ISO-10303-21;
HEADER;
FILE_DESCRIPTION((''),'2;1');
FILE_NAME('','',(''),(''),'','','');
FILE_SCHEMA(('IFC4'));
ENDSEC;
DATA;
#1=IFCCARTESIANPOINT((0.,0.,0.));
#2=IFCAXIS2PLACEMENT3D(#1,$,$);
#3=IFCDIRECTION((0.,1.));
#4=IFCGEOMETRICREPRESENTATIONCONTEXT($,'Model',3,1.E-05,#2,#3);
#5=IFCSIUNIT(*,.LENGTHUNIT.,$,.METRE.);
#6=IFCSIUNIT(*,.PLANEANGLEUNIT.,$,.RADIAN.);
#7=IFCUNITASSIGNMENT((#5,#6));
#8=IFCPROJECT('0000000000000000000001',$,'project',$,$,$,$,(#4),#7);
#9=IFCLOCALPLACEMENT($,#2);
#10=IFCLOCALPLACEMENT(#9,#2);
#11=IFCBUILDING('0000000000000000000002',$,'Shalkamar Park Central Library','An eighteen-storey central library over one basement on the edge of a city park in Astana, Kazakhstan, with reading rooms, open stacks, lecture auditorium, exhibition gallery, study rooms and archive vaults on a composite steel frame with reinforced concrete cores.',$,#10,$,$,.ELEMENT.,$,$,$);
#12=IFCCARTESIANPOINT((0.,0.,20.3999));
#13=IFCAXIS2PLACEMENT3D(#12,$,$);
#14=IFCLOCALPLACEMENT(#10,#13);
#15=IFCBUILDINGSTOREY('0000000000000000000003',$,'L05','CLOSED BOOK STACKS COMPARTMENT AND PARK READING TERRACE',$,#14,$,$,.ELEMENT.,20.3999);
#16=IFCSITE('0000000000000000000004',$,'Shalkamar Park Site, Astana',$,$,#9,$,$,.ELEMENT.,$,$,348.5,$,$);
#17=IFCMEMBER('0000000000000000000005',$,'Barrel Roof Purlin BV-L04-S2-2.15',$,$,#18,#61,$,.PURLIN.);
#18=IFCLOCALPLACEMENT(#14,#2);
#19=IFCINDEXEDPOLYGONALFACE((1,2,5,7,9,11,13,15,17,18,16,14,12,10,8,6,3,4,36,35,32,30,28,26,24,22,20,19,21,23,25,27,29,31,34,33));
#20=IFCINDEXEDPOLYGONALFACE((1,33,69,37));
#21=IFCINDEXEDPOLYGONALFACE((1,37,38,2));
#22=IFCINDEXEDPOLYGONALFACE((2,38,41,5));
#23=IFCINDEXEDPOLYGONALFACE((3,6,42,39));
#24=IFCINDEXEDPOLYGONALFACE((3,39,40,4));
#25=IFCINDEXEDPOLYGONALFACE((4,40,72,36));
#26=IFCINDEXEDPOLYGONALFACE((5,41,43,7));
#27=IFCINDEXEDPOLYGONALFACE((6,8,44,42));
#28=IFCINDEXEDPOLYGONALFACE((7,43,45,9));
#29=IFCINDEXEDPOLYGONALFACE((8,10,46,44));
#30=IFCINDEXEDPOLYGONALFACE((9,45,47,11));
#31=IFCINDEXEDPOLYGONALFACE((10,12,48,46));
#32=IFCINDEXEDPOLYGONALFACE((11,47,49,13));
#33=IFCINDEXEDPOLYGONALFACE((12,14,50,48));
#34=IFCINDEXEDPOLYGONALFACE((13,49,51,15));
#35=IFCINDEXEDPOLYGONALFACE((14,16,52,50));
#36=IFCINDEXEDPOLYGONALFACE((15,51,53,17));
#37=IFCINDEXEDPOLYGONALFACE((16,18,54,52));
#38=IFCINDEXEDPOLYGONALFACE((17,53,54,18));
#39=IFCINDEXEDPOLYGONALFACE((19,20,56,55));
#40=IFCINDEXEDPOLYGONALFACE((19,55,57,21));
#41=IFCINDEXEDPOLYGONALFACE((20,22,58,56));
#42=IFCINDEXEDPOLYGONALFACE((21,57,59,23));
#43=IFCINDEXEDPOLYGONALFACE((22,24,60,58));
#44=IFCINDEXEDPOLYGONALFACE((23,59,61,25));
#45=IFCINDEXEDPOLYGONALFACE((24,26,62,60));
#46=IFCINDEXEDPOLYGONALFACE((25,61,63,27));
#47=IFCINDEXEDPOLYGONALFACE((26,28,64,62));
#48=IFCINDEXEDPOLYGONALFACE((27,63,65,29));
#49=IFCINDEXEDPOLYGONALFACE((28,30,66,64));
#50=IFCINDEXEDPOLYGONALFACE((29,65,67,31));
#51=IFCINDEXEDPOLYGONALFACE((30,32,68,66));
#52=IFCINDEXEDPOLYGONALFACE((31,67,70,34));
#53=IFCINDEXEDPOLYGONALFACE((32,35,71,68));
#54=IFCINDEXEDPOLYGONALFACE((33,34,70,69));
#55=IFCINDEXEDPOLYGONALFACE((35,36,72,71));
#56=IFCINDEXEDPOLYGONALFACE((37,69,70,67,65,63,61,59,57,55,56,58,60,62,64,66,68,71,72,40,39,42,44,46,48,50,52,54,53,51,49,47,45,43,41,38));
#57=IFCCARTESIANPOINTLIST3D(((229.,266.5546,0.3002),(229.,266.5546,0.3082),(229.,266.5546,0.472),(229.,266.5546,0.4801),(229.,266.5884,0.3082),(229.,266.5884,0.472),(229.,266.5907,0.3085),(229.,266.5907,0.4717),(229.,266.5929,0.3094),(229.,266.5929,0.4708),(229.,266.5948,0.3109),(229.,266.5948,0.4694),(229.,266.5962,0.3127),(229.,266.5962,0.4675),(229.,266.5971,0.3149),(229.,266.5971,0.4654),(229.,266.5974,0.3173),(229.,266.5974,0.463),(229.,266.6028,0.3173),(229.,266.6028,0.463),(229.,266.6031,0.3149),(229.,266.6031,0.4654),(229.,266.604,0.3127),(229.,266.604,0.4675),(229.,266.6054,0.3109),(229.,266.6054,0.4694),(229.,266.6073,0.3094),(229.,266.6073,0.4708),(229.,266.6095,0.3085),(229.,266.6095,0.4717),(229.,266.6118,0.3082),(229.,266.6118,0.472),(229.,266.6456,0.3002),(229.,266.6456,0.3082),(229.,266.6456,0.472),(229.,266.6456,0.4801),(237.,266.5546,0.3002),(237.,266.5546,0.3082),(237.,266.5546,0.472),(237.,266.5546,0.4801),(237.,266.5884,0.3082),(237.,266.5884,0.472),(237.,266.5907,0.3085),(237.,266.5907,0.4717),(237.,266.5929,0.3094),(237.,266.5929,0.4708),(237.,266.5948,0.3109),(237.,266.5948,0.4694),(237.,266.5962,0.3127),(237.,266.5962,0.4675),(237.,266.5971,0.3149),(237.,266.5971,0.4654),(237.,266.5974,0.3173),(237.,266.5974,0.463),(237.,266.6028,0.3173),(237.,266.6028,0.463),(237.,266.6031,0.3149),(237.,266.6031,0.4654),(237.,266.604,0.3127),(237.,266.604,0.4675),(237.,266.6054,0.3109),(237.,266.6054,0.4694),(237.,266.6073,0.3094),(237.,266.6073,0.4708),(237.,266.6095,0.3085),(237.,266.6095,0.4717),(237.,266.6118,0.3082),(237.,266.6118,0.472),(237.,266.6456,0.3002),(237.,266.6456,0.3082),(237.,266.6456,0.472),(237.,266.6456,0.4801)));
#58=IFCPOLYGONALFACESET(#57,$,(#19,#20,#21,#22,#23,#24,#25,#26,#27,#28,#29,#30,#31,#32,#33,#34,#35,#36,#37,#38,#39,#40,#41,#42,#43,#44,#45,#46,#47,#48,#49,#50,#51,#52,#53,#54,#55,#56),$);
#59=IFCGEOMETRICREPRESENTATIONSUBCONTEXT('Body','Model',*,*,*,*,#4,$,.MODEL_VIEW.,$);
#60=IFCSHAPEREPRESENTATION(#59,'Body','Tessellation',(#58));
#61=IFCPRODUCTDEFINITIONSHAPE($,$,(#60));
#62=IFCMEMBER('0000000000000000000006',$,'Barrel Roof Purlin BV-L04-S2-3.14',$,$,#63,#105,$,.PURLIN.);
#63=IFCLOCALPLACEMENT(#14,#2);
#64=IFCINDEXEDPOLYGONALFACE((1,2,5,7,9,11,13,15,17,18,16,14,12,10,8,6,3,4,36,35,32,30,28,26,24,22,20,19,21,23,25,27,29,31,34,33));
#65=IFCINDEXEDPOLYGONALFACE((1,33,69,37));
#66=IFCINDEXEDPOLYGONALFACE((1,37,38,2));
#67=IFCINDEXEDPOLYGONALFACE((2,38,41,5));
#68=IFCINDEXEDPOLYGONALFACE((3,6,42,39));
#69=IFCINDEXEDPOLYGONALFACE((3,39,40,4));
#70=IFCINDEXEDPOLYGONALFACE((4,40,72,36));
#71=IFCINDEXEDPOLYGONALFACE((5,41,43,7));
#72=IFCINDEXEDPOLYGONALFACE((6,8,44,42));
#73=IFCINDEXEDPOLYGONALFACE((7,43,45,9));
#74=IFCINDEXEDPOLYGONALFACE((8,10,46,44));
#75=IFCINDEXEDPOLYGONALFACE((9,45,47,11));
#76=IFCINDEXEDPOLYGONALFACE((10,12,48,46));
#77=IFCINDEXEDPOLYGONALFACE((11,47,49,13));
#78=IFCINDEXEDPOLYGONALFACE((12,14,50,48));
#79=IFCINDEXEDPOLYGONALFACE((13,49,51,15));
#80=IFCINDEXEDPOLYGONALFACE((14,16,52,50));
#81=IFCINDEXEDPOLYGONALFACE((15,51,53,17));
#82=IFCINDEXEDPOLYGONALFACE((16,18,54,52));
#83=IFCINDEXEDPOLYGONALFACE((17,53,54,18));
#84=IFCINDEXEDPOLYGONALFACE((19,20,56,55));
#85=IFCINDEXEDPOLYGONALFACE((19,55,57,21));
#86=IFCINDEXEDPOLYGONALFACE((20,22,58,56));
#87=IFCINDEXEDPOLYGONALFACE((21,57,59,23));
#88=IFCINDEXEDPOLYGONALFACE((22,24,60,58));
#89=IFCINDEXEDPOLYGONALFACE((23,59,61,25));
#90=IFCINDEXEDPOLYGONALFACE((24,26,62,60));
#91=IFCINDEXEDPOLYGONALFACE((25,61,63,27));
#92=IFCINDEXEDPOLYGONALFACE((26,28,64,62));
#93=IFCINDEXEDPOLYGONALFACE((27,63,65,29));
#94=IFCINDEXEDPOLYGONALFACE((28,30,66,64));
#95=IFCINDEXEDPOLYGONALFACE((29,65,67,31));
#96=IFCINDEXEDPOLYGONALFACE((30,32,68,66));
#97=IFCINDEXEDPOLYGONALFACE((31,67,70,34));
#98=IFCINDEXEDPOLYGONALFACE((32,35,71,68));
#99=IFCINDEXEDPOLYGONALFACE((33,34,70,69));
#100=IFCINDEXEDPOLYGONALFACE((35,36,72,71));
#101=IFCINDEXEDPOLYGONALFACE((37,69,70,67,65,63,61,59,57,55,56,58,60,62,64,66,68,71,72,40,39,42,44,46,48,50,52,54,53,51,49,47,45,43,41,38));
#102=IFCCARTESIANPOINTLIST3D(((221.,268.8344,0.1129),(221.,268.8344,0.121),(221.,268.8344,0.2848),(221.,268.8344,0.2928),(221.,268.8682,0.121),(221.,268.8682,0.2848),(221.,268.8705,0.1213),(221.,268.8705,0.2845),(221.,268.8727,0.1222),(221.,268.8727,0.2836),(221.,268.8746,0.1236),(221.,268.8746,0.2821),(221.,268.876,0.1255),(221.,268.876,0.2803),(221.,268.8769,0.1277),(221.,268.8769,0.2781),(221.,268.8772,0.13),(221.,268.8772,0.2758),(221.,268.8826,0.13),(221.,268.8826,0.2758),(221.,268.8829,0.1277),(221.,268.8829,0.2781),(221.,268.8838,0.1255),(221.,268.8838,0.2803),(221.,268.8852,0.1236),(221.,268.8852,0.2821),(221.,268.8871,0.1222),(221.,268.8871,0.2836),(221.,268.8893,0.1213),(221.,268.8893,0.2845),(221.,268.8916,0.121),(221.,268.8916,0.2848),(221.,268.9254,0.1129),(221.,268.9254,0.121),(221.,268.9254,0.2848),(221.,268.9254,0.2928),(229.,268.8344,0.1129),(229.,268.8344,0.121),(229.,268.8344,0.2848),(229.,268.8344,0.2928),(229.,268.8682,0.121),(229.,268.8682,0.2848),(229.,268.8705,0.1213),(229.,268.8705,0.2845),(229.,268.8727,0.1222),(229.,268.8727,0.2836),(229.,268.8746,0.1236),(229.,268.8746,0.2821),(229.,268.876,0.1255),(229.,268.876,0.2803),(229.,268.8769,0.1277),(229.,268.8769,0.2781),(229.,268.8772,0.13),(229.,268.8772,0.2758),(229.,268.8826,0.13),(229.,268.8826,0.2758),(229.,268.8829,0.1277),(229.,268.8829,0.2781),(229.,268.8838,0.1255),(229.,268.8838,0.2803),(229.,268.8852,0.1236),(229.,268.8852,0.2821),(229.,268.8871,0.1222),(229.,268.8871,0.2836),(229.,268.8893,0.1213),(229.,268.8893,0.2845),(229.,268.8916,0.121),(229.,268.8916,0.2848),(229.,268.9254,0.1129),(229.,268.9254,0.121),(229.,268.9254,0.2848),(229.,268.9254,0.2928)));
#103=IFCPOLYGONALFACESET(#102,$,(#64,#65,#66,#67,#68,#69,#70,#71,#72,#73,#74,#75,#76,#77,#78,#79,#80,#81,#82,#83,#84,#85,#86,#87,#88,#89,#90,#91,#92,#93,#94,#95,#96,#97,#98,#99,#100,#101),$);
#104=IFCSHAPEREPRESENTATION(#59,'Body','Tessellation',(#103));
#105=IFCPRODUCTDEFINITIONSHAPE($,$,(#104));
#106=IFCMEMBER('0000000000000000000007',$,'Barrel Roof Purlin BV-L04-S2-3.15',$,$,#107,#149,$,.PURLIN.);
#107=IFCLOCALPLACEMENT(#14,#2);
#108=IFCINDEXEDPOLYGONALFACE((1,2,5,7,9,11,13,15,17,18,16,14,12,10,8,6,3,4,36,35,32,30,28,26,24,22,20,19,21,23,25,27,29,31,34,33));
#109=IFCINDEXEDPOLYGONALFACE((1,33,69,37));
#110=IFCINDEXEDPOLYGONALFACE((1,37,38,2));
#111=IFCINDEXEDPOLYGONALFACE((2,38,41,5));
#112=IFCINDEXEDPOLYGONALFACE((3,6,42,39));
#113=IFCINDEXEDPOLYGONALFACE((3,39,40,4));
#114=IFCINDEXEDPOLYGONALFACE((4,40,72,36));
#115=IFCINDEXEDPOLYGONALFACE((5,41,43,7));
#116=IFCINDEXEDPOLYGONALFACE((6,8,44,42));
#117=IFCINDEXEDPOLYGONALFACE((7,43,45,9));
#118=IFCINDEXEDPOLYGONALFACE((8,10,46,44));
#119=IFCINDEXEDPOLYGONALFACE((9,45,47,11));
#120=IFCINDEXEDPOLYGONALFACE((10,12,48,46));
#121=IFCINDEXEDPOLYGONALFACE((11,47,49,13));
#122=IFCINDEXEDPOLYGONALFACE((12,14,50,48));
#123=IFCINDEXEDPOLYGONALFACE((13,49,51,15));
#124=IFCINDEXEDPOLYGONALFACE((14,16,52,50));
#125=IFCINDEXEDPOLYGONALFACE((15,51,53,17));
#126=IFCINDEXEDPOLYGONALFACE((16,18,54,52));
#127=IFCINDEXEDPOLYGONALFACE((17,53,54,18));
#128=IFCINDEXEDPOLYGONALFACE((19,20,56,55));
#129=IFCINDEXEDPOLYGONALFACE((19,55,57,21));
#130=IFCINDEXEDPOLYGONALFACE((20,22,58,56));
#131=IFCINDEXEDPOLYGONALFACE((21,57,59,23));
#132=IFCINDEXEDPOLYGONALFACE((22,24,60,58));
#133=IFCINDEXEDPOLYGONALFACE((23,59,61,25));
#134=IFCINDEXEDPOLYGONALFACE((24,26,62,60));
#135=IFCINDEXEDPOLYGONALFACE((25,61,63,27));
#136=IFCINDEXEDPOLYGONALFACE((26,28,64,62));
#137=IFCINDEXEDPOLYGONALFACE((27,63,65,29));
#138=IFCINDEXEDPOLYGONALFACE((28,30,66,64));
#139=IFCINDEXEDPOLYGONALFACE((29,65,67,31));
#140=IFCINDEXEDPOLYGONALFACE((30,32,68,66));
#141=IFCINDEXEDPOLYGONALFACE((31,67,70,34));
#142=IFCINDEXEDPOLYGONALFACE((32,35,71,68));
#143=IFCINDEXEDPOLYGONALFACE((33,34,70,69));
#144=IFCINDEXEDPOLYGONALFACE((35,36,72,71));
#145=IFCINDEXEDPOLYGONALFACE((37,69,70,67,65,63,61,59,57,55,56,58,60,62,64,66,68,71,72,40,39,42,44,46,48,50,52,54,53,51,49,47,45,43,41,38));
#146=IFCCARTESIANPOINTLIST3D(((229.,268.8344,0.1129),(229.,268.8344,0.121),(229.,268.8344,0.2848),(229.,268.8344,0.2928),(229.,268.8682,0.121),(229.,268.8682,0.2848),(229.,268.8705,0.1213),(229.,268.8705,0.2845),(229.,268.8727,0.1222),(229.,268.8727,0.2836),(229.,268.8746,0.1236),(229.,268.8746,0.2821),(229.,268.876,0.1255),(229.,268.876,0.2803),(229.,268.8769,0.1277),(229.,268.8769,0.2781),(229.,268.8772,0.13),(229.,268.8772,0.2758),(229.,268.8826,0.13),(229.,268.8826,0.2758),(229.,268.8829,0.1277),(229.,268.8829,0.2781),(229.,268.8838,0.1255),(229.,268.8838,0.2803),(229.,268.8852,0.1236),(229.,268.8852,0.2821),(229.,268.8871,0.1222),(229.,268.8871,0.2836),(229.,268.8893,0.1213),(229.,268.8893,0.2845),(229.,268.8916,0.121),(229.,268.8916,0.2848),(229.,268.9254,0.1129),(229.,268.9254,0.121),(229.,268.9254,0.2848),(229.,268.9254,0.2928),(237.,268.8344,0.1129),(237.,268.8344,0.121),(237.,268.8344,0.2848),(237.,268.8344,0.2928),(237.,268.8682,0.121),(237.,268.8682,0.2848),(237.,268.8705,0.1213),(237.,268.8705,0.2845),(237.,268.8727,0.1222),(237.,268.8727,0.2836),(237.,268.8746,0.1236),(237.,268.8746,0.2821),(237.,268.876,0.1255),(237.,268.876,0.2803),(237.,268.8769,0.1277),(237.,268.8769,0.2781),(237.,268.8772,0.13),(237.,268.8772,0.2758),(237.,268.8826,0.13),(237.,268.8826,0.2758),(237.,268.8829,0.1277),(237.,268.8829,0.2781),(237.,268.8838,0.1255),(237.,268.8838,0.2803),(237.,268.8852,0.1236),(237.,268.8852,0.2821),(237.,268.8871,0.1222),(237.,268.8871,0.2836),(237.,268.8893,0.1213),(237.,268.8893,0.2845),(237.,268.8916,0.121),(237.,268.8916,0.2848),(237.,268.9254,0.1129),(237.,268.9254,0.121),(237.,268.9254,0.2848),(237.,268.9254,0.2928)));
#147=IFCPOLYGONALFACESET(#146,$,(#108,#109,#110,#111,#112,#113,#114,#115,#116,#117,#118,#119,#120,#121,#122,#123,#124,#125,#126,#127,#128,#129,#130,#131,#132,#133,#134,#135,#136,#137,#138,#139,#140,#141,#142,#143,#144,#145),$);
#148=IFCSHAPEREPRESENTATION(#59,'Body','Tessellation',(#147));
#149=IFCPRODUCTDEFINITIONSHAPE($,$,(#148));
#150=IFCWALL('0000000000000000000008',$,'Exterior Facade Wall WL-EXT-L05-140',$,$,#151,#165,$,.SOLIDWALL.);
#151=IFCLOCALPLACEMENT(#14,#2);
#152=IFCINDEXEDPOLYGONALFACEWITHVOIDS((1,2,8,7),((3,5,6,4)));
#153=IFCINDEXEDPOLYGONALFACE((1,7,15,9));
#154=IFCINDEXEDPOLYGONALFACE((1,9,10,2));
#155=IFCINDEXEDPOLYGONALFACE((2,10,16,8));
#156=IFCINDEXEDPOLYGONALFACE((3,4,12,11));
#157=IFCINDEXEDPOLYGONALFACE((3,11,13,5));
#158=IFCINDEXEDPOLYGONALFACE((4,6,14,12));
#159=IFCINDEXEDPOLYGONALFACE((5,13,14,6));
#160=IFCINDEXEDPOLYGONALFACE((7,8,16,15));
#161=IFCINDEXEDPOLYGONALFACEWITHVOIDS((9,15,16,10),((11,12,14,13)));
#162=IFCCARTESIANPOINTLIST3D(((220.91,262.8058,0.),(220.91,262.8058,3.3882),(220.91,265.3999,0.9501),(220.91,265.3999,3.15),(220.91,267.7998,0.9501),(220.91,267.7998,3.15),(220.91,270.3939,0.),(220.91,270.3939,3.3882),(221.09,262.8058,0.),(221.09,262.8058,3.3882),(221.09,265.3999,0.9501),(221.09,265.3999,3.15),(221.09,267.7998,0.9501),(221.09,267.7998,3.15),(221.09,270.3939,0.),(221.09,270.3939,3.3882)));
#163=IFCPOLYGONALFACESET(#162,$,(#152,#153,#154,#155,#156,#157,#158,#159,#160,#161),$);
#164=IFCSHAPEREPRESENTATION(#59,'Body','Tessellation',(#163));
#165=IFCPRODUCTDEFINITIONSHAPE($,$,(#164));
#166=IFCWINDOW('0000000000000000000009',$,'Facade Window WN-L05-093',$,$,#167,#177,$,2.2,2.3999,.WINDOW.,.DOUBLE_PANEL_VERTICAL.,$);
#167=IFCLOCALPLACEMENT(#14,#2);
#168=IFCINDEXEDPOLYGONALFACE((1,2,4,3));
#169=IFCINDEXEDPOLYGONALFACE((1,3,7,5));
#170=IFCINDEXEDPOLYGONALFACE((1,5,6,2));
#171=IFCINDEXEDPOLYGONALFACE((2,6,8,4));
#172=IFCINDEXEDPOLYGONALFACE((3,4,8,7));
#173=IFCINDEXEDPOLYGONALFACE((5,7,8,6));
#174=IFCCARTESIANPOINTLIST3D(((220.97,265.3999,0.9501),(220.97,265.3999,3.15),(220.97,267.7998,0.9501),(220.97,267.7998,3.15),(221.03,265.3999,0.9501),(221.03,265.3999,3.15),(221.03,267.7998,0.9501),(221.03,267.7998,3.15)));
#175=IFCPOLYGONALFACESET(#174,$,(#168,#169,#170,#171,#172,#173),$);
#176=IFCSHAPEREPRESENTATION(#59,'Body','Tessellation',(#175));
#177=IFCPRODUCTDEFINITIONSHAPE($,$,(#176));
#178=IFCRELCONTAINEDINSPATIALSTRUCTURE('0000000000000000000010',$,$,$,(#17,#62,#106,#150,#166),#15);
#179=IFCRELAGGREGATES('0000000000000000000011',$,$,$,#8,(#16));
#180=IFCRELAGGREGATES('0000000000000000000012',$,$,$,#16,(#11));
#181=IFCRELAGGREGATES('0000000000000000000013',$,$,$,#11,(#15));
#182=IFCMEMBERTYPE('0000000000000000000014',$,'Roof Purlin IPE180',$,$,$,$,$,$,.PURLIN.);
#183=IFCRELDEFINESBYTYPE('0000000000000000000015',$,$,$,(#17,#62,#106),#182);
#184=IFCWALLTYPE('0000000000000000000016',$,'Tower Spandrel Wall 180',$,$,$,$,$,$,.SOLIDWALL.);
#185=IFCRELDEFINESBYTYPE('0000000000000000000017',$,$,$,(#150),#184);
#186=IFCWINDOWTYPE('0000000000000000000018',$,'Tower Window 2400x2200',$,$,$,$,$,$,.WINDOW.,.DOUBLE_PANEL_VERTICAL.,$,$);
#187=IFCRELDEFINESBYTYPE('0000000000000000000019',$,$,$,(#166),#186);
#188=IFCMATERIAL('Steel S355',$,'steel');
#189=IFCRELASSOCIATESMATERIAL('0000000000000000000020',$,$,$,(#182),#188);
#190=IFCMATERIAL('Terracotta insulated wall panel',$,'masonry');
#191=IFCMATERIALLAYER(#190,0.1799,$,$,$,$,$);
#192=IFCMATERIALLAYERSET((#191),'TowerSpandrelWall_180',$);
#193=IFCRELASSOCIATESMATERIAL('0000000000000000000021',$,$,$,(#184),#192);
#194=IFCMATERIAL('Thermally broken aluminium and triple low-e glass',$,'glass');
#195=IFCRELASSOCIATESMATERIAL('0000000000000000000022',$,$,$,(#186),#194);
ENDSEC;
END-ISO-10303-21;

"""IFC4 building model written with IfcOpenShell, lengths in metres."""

from ifc_helpers import new_model, si_unit, direction, frame, frame_2d, origin, origin_2d, place, context, subcontext, project, spatial, rectangle, i_section, extrude, material, layer, layer_set, material_profile, profile_set, type_object, element, fill, save


model = new_model("IFC4")

# Units and contexts
model_context = context("Model", 3, precision=1e-05, world=origin(), true_north=direction((0.0, 1.0)))
body_context = subcontext(model_context, "Body", "Model", "MODEL_VIEW")
ifc_project = project(units=[si_unit("LENGTHUNIT", "METRE"), si_unit("PLANEANGLEUNIT", "RADIAN")], contexts=[model_context])

# Site, building, storey
site_placement = place(None, origin())
site = spatial("IfcSite", under=ifc_project, at=site_placement, Name="Shalkamar Park Site, Astana", CompositionType="ELEMENT", RefElevation=348.5)
building_placement = place(site_placement, origin())
building = spatial("IfcBuilding", under=site, at=building_placement, Name="Shalkamar Park Central Library", Description="An eighteen-storey central library over one basement on the edge of a city park in Astana, Kazakhstan, with reading rooms, open stacks, lecture auditorium, exhibition gallery, study rooms and archive vaults on a composite steel frame with reinforced concrete cores.", CompositionType="ELEMENT")
storey_placement = place(building_placement, frame((0.0, 0.0, 20.3999)))
storey = spatial("IfcBuildingStorey", under=building, at=storey_placement, Name="L05", Description="CLOSED BOOK STACKS COMPARTMENT AND PARK READING TERRACE", CompositionType="ELEMENT", Elevation=20.3999)

# Shared definitions
ifc_material_1 = material(Name="Steel S355", Category="steel")

# Members
ifc_material_profile_1 = material_profile(ifc_material_1, i_section(OverallWidth=0.0911, OverallDepth=0.1799, WebThickness=0.0054, FlangeThickness=0.0081, FilletRadius=0.009, at=origin_2d()), Name="IPE 180")
ifc_profile_set_1 = profile_set([ifc_material_profile_1], Name="Steel S355")
member_type_1 = type_object("IfcMemberType", Name="Roof Purlin IPE180", PredefinedType="PURLIN", material=ifc_profile_set_1)
for number, where, z_axis, x_axis, name in (
    (1, (229.0, 266.6001, 0.3901), (1.0, 0.0, 0.0), (0.0, 1.0, 0.0), "Barrel Roof Purlin BV-L04-S2-2.15"),
    (2, (221.0, 268.8799, 0.2029), (1.0, 0.0, 0.0), (0.0, 1.0, 0.0), "Barrel Roof Purlin BV-L04-S2-3.14"),
    (3, (229.0, 268.8799, 0.2029), (1.0, 0.0, 0.0), (0.0, 1.0, 0.0), "Barrel Roof Purlin BV-L04-S2-3.15"),
):
    element("IfcMember", number, at=place(storey_placement, frame(where, z_axis=z_axis, x_axis=x_axis)), inside=storey, type_object=member_type_1, Name=name, PredefinedType="PURLIN", context=body_context, shape_type="SweptSolid", body=[
        extrude(i_section(OverallWidth=0.0911, OverallDepth=0.1799, WebThickness=0.0054, FlangeThickness=0.0081, FilletRadius=0.009, at=origin_2d()), origin(), (0.0, 0.0, 1.0), 8.0),
    ])

# Wall, opening, window
ifc_material_2 = material(Name="Terracotta insulated wall panel", Category="masonry")
ifc_layer_1 = layer(ifc_material_2, 0.1799)
ifc_layer_set_1 = layer_set([ifc_layer_1], Name="TowerSpandrelWall_180")
wall_type = type_object("IfcWallType", Name="Tower Spandrel Wall 180", PredefinedType="SOLIDWALL", material=ifc_layer_set_1)
wall_1_placement = place(storey_placement, frame((221.0, 262.8059, 0.0), z_axis=(0.0, 0.0, 1.0), x_axis=(0.0, 1.0, 0.0)))
wall_1 = element("IfcWall", 4, at=wall_1_placement, inside=storey, type_object=wall_type, Name="Exterior Facade Wall WL-EXT-L05-140", PredefinedType="SOLIDWALL", context=body_context, shape_type="SweptSolid", body=[
    extrude(rectangle(XDim=7.5881, YDim=0.1799, at=frame_2d((3.7939, 0.0))), origin(), (0.0, 0.0, 1.0), 3.3882),
])
opening_1_placement = place(wall_1_placement, frame((2.594, 0.0, 0.95)))
opening_1 = element("IfcOpeningElement", 5, at=opening_1_placement, cuts=wall_1, PredefinedType="OPENING", context=body_context, shape_type="SweptSolid", body=[
    extrude(rectangle(XDim=2.3999, YDim=2.2, at=frame_2d((1.2, 1.1001))), frame((0.0, 0.105, 0.0), z_axis=(0.0, -1.0, 0.0), x_axis=(1.0, 0.0, 0.0)), (0.0, 0.0, 1.0), 0.2097),
])
ifc_material_3 = material(Name="Thermally broken aluminium and triple low-e glass", Category="glass")
window_type_1 = type_object("IfcWindowType", Name="Tower Window 2400x2200", PartitioningType="DOUBLE_PANEL_VERTICAL", PredefinedType="WINDOW", material=ifc_material_3)
window_1_placement = place(opening_1_placement, origin())
window_1 = element("IfcWindow", 6, at=window_1_placement, inside=storey, type_object=window_type_1, Name="Facade Window WN-L05-093", OverallHeight=2.2, OverallWidth=2.3999, PartitioningType="DOUBLE_PANEL_VERTICAL", PredefinedType="WINDOW", context=body_context, shape_type="SweptSolid", body=[
    extrude(rectangle(XDim=2.3999, YDim=2.2, at=frame_2d((1.2, 1.1001))), frame((0.0, 0.03, 0.0), z_axis=(0.0, -1.0, 0.0), x_axis=(1.0, 0.0, 0.0)), (0.0, 0.0, 1.0), 0.0601),
])
fill(opening_1, window_1)

save(model, "model.ifc")
